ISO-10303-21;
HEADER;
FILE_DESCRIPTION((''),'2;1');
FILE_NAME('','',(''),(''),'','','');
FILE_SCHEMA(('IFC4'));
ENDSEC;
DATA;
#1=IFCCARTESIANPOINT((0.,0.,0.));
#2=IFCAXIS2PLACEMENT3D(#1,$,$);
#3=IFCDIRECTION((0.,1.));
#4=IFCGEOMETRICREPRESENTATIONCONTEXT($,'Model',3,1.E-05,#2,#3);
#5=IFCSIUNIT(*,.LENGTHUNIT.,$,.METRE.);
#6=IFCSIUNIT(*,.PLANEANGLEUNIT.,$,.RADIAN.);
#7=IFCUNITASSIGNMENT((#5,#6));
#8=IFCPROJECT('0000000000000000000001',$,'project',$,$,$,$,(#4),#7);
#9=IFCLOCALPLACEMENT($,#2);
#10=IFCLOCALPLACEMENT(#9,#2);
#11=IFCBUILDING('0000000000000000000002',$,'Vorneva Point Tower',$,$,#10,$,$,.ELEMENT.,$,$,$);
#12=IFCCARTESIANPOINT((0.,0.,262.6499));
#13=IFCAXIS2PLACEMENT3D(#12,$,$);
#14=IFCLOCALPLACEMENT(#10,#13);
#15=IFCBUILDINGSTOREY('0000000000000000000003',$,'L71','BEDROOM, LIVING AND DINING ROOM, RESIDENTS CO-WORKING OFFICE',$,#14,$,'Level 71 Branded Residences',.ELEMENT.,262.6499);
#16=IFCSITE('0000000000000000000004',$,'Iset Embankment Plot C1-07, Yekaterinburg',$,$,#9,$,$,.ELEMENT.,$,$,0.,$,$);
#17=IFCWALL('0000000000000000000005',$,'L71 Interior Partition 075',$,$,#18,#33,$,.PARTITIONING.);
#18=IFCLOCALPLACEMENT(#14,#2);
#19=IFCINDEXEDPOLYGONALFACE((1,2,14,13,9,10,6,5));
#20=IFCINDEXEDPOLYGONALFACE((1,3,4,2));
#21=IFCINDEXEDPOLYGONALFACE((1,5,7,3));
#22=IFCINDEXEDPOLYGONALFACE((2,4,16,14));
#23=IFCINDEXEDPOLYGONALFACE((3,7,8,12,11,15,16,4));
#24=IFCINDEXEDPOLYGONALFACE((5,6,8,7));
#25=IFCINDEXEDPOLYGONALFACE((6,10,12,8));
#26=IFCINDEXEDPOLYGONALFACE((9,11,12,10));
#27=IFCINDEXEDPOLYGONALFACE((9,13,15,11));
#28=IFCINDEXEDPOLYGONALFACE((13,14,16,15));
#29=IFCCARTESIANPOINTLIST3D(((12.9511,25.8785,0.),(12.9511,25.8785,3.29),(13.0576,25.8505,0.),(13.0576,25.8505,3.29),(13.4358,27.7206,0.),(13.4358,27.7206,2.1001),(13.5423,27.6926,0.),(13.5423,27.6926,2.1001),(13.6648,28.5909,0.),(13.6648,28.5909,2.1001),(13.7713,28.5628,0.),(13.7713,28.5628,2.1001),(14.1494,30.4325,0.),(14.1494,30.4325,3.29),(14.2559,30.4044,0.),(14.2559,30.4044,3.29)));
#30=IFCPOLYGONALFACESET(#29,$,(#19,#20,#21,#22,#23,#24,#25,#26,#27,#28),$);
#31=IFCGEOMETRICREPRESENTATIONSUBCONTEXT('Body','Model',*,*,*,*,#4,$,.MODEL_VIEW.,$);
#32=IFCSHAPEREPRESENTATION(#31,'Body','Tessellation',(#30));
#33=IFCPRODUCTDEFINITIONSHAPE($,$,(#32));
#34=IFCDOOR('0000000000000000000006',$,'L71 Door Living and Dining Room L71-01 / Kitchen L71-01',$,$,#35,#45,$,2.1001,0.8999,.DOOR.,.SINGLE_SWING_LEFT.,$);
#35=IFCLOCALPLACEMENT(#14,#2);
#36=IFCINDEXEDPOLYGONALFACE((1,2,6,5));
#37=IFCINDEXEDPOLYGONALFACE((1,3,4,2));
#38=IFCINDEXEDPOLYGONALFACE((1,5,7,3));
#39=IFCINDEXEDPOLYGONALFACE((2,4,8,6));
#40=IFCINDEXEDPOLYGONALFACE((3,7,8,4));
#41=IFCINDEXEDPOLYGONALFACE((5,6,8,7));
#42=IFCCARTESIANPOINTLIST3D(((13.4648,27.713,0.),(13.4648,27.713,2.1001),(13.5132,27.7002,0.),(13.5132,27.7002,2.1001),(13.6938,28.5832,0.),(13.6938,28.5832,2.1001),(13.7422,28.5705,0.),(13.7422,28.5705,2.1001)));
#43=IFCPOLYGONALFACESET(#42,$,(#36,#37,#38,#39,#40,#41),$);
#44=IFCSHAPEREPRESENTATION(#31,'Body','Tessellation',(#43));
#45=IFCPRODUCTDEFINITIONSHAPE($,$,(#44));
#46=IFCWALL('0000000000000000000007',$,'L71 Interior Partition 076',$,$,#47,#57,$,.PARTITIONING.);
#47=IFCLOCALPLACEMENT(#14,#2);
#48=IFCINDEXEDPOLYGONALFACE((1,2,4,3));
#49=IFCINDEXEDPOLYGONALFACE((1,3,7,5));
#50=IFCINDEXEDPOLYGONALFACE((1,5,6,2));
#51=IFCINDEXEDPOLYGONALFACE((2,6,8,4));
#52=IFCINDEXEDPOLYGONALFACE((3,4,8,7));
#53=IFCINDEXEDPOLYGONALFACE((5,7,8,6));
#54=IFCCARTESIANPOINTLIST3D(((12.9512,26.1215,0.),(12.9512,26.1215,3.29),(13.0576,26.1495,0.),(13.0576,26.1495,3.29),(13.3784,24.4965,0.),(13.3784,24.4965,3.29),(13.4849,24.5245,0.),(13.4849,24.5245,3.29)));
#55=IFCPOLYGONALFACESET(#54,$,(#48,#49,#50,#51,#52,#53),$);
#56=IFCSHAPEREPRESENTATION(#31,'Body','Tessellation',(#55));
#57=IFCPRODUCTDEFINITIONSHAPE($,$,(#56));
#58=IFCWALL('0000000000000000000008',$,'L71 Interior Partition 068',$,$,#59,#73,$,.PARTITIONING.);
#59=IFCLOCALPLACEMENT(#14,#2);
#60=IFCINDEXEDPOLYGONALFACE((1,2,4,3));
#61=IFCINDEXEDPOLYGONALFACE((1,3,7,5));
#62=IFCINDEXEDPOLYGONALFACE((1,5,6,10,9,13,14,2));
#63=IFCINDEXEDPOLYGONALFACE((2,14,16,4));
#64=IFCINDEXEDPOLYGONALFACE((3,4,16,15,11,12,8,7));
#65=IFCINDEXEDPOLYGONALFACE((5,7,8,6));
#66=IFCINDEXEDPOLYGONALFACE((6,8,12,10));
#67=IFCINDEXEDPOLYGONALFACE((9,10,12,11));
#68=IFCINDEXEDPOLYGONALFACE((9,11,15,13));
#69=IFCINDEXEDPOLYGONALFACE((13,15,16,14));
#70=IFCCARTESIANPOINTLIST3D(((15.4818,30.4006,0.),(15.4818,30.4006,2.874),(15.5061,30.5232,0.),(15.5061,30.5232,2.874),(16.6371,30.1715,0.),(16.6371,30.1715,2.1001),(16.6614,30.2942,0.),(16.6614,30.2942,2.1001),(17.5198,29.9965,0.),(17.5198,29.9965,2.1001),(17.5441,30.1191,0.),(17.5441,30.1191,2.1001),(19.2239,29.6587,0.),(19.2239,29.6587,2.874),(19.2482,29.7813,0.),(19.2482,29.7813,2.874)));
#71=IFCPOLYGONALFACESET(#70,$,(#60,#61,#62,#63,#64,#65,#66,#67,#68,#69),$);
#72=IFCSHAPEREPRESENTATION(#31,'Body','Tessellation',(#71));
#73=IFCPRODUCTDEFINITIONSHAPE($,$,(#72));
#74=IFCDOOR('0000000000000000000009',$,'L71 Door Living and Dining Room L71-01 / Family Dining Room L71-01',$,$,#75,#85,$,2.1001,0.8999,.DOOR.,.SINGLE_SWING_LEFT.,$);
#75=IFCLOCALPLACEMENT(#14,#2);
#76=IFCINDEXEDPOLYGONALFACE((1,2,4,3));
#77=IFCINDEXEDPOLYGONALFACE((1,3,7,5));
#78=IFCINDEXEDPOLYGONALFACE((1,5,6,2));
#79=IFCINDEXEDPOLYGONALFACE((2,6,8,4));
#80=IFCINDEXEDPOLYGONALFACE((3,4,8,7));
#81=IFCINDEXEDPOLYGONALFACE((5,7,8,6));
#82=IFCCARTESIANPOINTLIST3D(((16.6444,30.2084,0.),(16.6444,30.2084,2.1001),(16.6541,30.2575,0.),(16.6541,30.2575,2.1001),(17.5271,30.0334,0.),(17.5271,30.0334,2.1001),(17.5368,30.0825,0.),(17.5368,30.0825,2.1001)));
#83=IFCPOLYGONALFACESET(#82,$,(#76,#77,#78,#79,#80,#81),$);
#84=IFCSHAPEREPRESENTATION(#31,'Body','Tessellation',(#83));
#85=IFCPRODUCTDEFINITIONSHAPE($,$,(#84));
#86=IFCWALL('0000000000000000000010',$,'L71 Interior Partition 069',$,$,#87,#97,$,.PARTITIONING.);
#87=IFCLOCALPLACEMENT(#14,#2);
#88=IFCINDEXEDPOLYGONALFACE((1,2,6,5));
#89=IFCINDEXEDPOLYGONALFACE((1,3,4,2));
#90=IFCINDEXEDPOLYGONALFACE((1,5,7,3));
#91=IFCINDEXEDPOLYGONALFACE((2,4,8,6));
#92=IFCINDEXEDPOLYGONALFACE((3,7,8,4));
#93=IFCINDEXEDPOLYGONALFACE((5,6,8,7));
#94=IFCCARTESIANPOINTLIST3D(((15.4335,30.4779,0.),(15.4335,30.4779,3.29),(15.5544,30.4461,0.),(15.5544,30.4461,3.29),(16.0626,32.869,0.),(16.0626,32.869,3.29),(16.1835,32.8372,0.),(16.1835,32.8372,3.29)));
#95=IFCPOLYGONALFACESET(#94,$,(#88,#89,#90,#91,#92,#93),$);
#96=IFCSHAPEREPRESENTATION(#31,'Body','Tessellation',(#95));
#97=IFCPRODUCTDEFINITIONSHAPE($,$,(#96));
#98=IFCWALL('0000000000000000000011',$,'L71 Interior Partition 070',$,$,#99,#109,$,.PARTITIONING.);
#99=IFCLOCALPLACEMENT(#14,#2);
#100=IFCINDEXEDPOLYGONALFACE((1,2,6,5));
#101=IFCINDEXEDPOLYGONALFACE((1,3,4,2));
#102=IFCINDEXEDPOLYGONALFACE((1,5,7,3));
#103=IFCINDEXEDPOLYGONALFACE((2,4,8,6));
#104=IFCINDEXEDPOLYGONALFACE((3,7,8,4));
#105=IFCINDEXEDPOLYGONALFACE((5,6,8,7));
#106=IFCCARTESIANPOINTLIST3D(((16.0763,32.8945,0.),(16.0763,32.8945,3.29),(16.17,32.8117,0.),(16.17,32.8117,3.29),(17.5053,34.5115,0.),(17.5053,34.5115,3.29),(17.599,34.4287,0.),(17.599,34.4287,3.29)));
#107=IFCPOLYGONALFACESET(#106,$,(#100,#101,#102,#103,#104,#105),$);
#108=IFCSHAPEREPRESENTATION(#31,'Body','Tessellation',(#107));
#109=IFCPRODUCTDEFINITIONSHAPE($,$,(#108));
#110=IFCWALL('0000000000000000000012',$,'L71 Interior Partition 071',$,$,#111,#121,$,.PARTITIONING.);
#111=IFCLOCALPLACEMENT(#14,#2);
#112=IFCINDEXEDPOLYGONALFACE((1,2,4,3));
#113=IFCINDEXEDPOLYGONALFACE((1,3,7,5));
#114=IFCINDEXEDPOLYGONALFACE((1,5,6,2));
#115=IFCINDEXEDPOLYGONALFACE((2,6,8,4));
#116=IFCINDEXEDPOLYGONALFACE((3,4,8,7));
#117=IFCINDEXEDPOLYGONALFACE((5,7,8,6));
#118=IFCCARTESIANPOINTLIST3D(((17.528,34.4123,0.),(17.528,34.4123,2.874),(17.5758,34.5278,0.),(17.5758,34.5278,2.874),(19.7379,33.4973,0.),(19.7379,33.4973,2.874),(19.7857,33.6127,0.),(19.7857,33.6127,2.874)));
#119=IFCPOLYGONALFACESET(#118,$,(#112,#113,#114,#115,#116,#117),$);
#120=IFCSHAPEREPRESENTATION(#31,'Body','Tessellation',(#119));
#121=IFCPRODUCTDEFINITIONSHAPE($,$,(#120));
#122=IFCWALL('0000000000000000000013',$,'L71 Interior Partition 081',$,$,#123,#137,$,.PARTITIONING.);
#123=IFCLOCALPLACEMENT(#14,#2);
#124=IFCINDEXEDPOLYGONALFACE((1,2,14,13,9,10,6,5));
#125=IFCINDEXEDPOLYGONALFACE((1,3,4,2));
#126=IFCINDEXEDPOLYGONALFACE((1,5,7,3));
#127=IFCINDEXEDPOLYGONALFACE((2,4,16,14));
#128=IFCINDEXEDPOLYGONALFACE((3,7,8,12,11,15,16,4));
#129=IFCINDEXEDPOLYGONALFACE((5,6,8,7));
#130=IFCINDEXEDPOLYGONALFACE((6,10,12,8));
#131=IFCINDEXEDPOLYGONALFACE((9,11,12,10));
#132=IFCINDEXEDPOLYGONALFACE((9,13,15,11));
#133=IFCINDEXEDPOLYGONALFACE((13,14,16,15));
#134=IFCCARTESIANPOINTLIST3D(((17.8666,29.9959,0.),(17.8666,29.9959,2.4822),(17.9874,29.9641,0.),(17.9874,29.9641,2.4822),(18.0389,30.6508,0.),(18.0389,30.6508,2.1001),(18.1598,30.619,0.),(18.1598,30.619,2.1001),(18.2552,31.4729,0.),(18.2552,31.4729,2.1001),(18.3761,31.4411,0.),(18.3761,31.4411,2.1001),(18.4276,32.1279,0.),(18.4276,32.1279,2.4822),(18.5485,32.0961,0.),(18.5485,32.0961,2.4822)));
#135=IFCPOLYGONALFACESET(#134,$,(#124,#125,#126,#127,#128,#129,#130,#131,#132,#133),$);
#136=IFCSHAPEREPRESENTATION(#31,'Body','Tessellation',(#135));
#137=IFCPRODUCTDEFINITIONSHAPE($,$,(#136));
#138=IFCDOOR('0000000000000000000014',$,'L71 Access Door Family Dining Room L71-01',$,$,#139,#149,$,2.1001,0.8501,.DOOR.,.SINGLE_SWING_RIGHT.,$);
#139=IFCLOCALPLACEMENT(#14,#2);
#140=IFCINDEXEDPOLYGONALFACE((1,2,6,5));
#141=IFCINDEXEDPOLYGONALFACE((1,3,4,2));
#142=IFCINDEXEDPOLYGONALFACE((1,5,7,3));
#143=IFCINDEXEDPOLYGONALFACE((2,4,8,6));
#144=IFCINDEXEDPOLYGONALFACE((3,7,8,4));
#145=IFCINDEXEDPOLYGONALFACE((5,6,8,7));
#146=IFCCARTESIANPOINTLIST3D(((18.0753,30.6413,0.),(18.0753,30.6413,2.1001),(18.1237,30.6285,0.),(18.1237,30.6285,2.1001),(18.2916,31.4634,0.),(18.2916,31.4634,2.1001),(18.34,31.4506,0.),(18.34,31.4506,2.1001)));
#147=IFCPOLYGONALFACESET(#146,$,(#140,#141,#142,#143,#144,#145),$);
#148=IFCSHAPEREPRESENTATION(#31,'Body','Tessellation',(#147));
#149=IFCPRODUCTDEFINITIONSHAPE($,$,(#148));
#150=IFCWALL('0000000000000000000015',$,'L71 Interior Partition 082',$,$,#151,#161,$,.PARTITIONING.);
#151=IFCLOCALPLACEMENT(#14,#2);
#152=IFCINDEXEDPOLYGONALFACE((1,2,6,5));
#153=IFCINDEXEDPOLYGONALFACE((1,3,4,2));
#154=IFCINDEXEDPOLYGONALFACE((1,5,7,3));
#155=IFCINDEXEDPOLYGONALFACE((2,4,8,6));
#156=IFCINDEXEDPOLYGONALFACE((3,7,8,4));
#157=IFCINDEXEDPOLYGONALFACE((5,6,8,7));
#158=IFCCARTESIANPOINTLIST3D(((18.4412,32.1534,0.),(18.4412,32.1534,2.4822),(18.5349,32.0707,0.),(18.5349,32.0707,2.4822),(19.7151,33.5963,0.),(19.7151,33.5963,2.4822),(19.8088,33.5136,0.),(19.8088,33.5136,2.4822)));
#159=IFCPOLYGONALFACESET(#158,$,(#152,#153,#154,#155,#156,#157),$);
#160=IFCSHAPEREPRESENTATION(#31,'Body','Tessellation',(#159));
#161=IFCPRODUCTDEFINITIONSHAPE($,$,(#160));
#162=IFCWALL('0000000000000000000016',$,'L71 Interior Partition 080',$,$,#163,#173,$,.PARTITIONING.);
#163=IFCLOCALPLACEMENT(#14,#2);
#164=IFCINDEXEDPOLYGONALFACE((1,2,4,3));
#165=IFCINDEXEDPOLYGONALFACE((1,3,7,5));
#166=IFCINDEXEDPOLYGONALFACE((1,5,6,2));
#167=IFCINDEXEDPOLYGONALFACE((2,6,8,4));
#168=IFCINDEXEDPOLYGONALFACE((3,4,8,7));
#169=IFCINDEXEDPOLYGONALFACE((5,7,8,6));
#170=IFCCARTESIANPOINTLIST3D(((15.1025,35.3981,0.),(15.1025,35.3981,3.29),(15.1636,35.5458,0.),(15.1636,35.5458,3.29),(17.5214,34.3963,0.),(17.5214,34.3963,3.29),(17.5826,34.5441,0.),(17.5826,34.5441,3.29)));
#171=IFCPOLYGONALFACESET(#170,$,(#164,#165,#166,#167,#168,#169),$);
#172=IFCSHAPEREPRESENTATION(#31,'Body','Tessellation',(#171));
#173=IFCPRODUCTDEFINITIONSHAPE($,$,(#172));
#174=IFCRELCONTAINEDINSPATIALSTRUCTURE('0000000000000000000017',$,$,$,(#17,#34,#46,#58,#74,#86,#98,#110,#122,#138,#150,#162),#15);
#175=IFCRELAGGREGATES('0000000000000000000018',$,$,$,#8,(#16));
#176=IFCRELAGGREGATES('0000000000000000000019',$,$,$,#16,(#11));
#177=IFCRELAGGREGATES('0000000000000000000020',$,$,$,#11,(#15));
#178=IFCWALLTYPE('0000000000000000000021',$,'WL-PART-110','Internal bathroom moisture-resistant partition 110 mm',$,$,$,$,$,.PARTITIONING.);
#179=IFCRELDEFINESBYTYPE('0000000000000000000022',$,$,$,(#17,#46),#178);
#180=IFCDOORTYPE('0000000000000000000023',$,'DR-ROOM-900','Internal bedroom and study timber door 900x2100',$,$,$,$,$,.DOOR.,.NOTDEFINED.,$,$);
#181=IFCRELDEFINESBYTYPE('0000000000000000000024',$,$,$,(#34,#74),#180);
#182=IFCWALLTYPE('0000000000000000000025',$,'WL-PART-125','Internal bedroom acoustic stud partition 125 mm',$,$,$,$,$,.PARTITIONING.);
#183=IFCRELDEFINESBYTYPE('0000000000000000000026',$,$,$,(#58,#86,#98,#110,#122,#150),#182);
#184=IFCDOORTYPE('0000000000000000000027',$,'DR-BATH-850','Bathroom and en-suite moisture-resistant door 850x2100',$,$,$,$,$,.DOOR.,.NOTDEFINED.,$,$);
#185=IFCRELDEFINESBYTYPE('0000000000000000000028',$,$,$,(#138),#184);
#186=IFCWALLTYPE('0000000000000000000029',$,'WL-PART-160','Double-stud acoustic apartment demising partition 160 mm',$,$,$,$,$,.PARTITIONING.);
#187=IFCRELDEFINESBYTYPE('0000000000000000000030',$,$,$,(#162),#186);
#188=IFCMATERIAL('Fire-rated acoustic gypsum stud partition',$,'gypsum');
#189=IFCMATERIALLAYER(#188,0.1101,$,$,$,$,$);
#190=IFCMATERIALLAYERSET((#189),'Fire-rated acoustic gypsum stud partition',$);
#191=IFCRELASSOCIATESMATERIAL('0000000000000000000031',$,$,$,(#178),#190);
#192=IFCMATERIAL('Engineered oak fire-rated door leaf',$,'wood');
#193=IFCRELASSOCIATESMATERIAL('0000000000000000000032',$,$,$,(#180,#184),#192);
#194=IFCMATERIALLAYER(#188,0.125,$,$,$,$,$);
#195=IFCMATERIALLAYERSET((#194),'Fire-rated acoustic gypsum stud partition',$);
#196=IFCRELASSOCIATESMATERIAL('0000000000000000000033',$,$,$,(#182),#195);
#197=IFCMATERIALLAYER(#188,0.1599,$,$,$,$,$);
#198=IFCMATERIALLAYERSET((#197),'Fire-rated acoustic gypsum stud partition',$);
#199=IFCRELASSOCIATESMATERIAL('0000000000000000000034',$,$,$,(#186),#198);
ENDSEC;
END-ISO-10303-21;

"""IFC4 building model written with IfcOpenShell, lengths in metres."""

from ifc_helpers import new_model, si_unit, direction, frame, frame_2d, origin, place, context, subcontext, project, spatial, rectangle, extrude, material, layer, layer_set, type_object, element, fill, save


model = new_model("IFC4")

# Units and contexts
model_context = context("Model", 3, precision=1e-05, world=origin(), true_north=direction((0.0, 1.0)))
body_context = subcontext(model_context, "Body", "Model", "MODEL_VIEW")
ifc_project = project(units=[si_unit("LENGTHUNIT", "METRE"), si_unit("PLANEANGLEUNIT", "RADIAN")], contexts=[model_context])

# Site, building, storey
site_placement = place(None, origin())
site = spatial("IfcSite", under=ifc_project, at=site_placement, Name="Iset Embankment Plot C1-07, Yekaterinburg", CompositionType="ELEMENT", RefElevation=0.0)
building_placement = place(site_placement, origin())
building = spatial("IfcBuilding", under=site, at=building_placement, Name="Vorneva Point Tower", CompositionType="ELEMENT")
storey_placement = place(building_placement, frame((0.0, 0.0, 262.6499)))
storey = spatial("IfcBuildingStorey", under=building, at=storey_placement, Name="L71", Description="BEDROOM, LIVING AND DINING ROOM, RESIDENTS CO-WORKING OFFICE", LongName="Level 71 Branded Residences", CompositionType="ELEMENT", Elevation=262.6499)

# Shared definitions
ifc_material_1 = material(Name="Fire-rated acoustic gypsum stud partition", Category="gypsum")
ifc_layer_1 = layer(ifc_material_1, 0.1101)
ifc_layer_set_1 = layer_set([ifc_layer_1], Name="Fire-rated acoustic gypsum stud partition")
wall_type_1 = type_object("IfcWallType", Name="WL-PART-110", Description="Internal bathroom moisture-resistant partition 110 mm", PredefinedType="PARTITIONING", material=ifc_layer_set_1)

# Wall, opening, door
wall_1_placement = place(storey_placement, frame((14.2026, 30.4185, 0.0), z_axis=(0.0, 0.0, 1.0), x_axis=(-0.25446, -0.967083, 0.0)))
wall_1 = element("IfcWall", 1, at=wall_1_placement, inside=storey, type_object=wall_type_1, Name="L71 Interior Partition 075", PredefinedType="PARTITIONING", context=body_context, shape_type="SweptSolid", body=[
    extrude(rectangle(XDim=4.709, YDim=0.1101, at=frame_2d((2.3545, 0.0))), origin(), (0.0, 0.0, 1.0), 3.29),
])
opening_1_placement = place(wall_1_placement, frame((1.9043, 0.0, 0.0)))
opening_1 = element("IfcOpeningElement", 2, at=opening_1_placement, cuts=wall_1, PredefinedType="OPENING", context=body_context, shape_type="SweptSolid", body=[
    extrude(rectangle(XDim=0.8999, YDim=2.1001, at=frame_2d((0.45, 1.05))), frame((0.0, 0.0698, 0.0), z_axis=(0.0, -1.0, 0.0), x_axis=(1.0, 0.0, 0.0)), (0.0, 0.0, 1.0), 0.1399),
])
ifc_material_2 = material(Name="Engineered oak fire-rated door leaf", Category="wood")
door_type_1 = type_object("IfcDoorType", Name="DR-ROOM-900", Description="Internal bedroom and study timber door 900x2100", OperationType="NOTDEFINED", PredefinedType="DOOR", material=ifc_material_2)
door_1_placement = place(opening_1_placement, origin())
door_1 = element("IfcDoor", 3, at=door_1_placement, inside=storey, type_object=door_type_1, Name="L71 Door Living and Dining Room L71-01 / Kitchen L71-01", OperationType="SINGLE_SWING_LEFT", OverallHeight=2.1001, OverallWidth=0.8999, PredefinedType="DOOR", context=body_context, shape_type="SweptSolid", body=[
    extrude(rectangle(XDim=0.8999, YDim=2.1001, at=frame_2d((0.45, 1.05))), frame((0.0, 0.0249, 0.0), z_axis=(0.0, -1.0, 0.0), x_axis=(1.0, 0.0, 0.0)), (0.0, 0.0, 1.0), 0.05),
])
fill(opening_1, door_1)

# Wall
wall_2_placement = place(storey_placement, frame((13.0044, 26.1355, 0.0), z_axis=(0.0, 0.0, 1.0), x_axis=(0.254279, -0.967131, 0.0)))
element("IfcWall", 4, at=wall_2_placement, inside=storey, type_object=wall_type_1, Name="L71 Interior Partition 076", PredefinedType="PARTITIONING", context=body_context, shape_type="SweptSolid", body=[
    extrude(rectangle(XDim=1.6802, YDim=0.1101, at=frame_2d((0.8401, 0.0))), origin(), (0.0, 0.0, 1.0), 3.29),
])

# Wall, opening, door
ifc_layer_2 = layer(ifc_material_1, 0.125)
ifc_layer_set_2 = layer_set([ifc_layer_2], Name="Fire-rated acoustic gypsum stud partition")
wall_type_2 = type_object("IfcWallType", Name="WL-PART-125", Description="Internal bedroom acoustic stud partition 125 mm", PredefinedType="PARTITIONING", material=ifc_layer_set_2)
wall_3_placement = place(storey_placement, frame((19.2361, 29.72, 0.0), z_axis=(0.0, 0.0, 1.0), x_axis=(-0.980907, 0.194479, 0.0)))
wall_3 = element("IfcWall", 5, at=wall_3_placement, inside=storey, type_object=wall_type_2, Name="L71 Interior Partition 068", PredefinedType="PARTITIONING", context=body_context, shape_type="SweptSolid", body=[
    extrude(rectangle(XDim=3.8149, YDim=0.125, at=frame_2d((1.9075, 0.0))), origin(), (0.0, 0.0, 1.0), 2.874),
])
opening_2_placement = place(wall_3_placement, frame((1.7373, 0.0, 0.0)))
opening_2 = element("IfcOpeningElement", 6, at=opening_2_placement, cuts=wall_3, PredefinedType="OPENING", context=body_context, shape_type="SweptSolid", body=[
    extrude(rectangle(XDim=0.8999, YDim=2.1001, at=frame_2d((0.45, 1.05))), frame((0.0, 0.0774, 0.0), z_axis=(0.0, -1.0, 0.0), x_axis=(1.0, 0.0, 0.0)), (0.0, 0.0, 1.0), 0.1548),
])
door_2_placement = place(opening_2_placement, origin())
door_2 = element("IfcDoor", 7, at=door_2_placement, inside=storey, type_object=door_type_1, Name="L71 Door Living and Dining Room L71-01 / Family Dining Room L71-01", OperationType="SINGLE_SWING_LEFT", OverallHeight=2.1001, OverallWidth=0.8999, PredefinedType="DOOR", context=body_context, shape_type="SweptSolid", body=[
    extrude(rectangle(XDim=0.8999, YDim=2.1001, at=frame_2d((0.45, 1.05))), frame((0.0, 0.0249, 0.0), z_axis=(0.0, -1.0, 0.0), x_axis=(1.0, 0.0, 0.0)), (0.0, 0.0, 1.0), 0.05),
])
fill(opening_2, door_2)

# Walls
wall_4_placement = place(storey_placement, frame((15.4939, 30.4619, 0.0), z_axis=(0.0, 0.0, 1.0), x_axis=(0.254459, 0.967083, 0.0)))
element("IfcWall", 8, at=wall_4_placement, inside=storey, type_object=wall_type_2, Name="L71 Interior Partition 069", PredefinedType="PARTITIONING", context=body_context, shape_type="SweptSolid", body=[
    extrude(rectangle(XDim=2.4724, YDim=0.125, at=frame_2d((1.2363, 0.0))), origin(), (0.0, 0.0, 1.0), 3.29),
])
wall_5_placement = place(storey_placement, frame((16.123, 32.853, 0.0), z_axis=(0.0, 0.0, 1.0), x_axis=(0.662205, 0.749323, 0.0)))
element("IfcWall", 9, at=wall_5_placement, inside=storey, type_object=wall_type_2, Name="L71 Interior Partition 070", PredefinedType="PARTITIONING", context=body_context, shape_type="SweptSolid", body=[
    extrude(rectangle(XDim=2.158, YDim=0.125, at=frame_2d((1.0791, 0.0))), origin(), (0.0, 0.0, 1.0), 3.29),
])
wall_6_placement = place(storey_placement, frame((17.552, 34.47, 0.0), z_axis=(0.0, 0.0, 1.0), x_axis=(0.923932, -0.382556, 0.0)))
element("IfcWall", 10, at=wall_6_placement, inside=storey, type_object=wall_type_2, Name="L71 Interior Partition 071", PredefinedType="PARTITIONING", context=body_context, shape_type="SweptSolid", body=[
    extrude(rectangle(XDim=2.3918, YDim=0.125, at=frame_2d((1.1958, 0.0))), origin(), (0.0, 0.0, 1.0), 2.874),
])

# Wall, opening, door
wall_7_placement = place(storey_placement, frame((17.927, 29.98, 0.0), z_axis=(0.0, 0.0, 1.0), x_axis=(0.254477, 0.967079, 0.0)))
wall_7 = element("IfcWall", 11, at=wall_7_placement, inside=storey, type_object=wall_type_2, Name="L71 Interior Partition 081", PredefinedType="PARTITIONING", context=body_context, shape_type="SweptSolid", body=[
    extrude(rectangle(XDim=2.2046, YDim=0.125, at=frame_2d((1.1023, 0.0))), origin(), (0.0, 0.0, 1.0), 2.4822),
])
opening_3_placement = place(wall_7_placement, frame((0.6772, 0.0, 0.0)))
opening_3 = element("IfcOpeningElement", 12, at=opening_3_placement, cuts=wall_7, PredefinedType="OPENING", context=body_context, shape_type="SweptSolid", body=[
    extrude(rectangle(XDim=0.8501, YDim=2.1001, at=frame_2d((0.425, 1.05))), frame((0.0, 0.0774, 0.0), z_axis=(0.0, -1.0, 0.0), x_axis=(1.0, 0.0, 0.0)), (0.0, 0.0, 1.0), 0.1548),
])
door_type_2 = type_object("IfcDoorType", Name="DR-BATH-850", Description="Bathroom and en-suite moisture-resistant door 850x2100", OperationType="NOTDEFINED", PredefinedType="DOOR", material=ifc_material_2)
door_3_placement = place(opening_3_placement, origin())
door_3 = element("IfcDoor", 13, at=door_3_placement, inside=storey, type_object=door_type_2, Name="L71 Access Door Family Dining Room L71-01", OperationType="SINGLE_SWING_RIGHT", OverallHeight=2.1001, OverallWidth=0.8501, PredefinedType="DOOR", context=body_context, shape_type="SweptSolid", body=[
    extrude(rectangle(XDim=0.8501, YDim=2.1001, at=frame_2d((0.425, 1.05))), frame((0.0, 0.0249, 0.0), z_axis=(0.0, -1.0, 0.0), x_axis=(1.0, 0.0, 0.0)), (0.0, 0.0, 1.0), 0.05),
])
fill(opening_3, door_3)

# Walls
wall_8_placement = place(storey_placement, frame((18.488, 32.1121, 0.0), z_axis=(0.0, 0.0, 1.0), x_axis=(0.661857, 0.749631, 0.0)))
element("IfcWall", 14, at=wall_8_placement, inside=storey, type_object=wall_type_2, Name="L71 Interior Partition 082", PredefinedType="PARTITIONING", context=body_context, shape_type="SweptSolid", body=[
    extrude(rectangle(XDim=1.9248, YDim=0.125, at=frame_2d((0.9624, 0.0))), origin(), (0.0, 0.0, 1.0), 2.4822),
])
ifc_layer_3 = layer(ifc_material_1, 0.1599)
ifc_layer_set_3 = layer_set([ifc_layer_3], Name="Fire-rated acoustic gypsum stud partition")
wall_type_3 = type_object("IfcWallType", Name="WL-PART-160", Description="Double-stud acoustic apartment demising partition 160 mm", PredefinedType="PARTITIONING", material=ifc_layer_set_3)
wall_9_placement = place(storey_placement, frame((17.552, 34.4702, 0.0), z_axis=(0.0, 0.0, 1.0), x_axis=(-0.923913, 0.382602, 0.0)))
element("IfcWall", 15, at=wall_9_placement, inside=storey, type_object=wall_type_3, Name="L71 Interior Partition 080", PredefinedType="PARTITIONING", context=body_context, shape_type="SweptSolid", body=[
    extrude(rectangle(XDim=2.6182, YDim=0.1599, at=frame_2d((1.3091, 0.0))), origin(), (0.0, 0.0, 1.0), 3.29),
])

save(model, "model.ifc")
